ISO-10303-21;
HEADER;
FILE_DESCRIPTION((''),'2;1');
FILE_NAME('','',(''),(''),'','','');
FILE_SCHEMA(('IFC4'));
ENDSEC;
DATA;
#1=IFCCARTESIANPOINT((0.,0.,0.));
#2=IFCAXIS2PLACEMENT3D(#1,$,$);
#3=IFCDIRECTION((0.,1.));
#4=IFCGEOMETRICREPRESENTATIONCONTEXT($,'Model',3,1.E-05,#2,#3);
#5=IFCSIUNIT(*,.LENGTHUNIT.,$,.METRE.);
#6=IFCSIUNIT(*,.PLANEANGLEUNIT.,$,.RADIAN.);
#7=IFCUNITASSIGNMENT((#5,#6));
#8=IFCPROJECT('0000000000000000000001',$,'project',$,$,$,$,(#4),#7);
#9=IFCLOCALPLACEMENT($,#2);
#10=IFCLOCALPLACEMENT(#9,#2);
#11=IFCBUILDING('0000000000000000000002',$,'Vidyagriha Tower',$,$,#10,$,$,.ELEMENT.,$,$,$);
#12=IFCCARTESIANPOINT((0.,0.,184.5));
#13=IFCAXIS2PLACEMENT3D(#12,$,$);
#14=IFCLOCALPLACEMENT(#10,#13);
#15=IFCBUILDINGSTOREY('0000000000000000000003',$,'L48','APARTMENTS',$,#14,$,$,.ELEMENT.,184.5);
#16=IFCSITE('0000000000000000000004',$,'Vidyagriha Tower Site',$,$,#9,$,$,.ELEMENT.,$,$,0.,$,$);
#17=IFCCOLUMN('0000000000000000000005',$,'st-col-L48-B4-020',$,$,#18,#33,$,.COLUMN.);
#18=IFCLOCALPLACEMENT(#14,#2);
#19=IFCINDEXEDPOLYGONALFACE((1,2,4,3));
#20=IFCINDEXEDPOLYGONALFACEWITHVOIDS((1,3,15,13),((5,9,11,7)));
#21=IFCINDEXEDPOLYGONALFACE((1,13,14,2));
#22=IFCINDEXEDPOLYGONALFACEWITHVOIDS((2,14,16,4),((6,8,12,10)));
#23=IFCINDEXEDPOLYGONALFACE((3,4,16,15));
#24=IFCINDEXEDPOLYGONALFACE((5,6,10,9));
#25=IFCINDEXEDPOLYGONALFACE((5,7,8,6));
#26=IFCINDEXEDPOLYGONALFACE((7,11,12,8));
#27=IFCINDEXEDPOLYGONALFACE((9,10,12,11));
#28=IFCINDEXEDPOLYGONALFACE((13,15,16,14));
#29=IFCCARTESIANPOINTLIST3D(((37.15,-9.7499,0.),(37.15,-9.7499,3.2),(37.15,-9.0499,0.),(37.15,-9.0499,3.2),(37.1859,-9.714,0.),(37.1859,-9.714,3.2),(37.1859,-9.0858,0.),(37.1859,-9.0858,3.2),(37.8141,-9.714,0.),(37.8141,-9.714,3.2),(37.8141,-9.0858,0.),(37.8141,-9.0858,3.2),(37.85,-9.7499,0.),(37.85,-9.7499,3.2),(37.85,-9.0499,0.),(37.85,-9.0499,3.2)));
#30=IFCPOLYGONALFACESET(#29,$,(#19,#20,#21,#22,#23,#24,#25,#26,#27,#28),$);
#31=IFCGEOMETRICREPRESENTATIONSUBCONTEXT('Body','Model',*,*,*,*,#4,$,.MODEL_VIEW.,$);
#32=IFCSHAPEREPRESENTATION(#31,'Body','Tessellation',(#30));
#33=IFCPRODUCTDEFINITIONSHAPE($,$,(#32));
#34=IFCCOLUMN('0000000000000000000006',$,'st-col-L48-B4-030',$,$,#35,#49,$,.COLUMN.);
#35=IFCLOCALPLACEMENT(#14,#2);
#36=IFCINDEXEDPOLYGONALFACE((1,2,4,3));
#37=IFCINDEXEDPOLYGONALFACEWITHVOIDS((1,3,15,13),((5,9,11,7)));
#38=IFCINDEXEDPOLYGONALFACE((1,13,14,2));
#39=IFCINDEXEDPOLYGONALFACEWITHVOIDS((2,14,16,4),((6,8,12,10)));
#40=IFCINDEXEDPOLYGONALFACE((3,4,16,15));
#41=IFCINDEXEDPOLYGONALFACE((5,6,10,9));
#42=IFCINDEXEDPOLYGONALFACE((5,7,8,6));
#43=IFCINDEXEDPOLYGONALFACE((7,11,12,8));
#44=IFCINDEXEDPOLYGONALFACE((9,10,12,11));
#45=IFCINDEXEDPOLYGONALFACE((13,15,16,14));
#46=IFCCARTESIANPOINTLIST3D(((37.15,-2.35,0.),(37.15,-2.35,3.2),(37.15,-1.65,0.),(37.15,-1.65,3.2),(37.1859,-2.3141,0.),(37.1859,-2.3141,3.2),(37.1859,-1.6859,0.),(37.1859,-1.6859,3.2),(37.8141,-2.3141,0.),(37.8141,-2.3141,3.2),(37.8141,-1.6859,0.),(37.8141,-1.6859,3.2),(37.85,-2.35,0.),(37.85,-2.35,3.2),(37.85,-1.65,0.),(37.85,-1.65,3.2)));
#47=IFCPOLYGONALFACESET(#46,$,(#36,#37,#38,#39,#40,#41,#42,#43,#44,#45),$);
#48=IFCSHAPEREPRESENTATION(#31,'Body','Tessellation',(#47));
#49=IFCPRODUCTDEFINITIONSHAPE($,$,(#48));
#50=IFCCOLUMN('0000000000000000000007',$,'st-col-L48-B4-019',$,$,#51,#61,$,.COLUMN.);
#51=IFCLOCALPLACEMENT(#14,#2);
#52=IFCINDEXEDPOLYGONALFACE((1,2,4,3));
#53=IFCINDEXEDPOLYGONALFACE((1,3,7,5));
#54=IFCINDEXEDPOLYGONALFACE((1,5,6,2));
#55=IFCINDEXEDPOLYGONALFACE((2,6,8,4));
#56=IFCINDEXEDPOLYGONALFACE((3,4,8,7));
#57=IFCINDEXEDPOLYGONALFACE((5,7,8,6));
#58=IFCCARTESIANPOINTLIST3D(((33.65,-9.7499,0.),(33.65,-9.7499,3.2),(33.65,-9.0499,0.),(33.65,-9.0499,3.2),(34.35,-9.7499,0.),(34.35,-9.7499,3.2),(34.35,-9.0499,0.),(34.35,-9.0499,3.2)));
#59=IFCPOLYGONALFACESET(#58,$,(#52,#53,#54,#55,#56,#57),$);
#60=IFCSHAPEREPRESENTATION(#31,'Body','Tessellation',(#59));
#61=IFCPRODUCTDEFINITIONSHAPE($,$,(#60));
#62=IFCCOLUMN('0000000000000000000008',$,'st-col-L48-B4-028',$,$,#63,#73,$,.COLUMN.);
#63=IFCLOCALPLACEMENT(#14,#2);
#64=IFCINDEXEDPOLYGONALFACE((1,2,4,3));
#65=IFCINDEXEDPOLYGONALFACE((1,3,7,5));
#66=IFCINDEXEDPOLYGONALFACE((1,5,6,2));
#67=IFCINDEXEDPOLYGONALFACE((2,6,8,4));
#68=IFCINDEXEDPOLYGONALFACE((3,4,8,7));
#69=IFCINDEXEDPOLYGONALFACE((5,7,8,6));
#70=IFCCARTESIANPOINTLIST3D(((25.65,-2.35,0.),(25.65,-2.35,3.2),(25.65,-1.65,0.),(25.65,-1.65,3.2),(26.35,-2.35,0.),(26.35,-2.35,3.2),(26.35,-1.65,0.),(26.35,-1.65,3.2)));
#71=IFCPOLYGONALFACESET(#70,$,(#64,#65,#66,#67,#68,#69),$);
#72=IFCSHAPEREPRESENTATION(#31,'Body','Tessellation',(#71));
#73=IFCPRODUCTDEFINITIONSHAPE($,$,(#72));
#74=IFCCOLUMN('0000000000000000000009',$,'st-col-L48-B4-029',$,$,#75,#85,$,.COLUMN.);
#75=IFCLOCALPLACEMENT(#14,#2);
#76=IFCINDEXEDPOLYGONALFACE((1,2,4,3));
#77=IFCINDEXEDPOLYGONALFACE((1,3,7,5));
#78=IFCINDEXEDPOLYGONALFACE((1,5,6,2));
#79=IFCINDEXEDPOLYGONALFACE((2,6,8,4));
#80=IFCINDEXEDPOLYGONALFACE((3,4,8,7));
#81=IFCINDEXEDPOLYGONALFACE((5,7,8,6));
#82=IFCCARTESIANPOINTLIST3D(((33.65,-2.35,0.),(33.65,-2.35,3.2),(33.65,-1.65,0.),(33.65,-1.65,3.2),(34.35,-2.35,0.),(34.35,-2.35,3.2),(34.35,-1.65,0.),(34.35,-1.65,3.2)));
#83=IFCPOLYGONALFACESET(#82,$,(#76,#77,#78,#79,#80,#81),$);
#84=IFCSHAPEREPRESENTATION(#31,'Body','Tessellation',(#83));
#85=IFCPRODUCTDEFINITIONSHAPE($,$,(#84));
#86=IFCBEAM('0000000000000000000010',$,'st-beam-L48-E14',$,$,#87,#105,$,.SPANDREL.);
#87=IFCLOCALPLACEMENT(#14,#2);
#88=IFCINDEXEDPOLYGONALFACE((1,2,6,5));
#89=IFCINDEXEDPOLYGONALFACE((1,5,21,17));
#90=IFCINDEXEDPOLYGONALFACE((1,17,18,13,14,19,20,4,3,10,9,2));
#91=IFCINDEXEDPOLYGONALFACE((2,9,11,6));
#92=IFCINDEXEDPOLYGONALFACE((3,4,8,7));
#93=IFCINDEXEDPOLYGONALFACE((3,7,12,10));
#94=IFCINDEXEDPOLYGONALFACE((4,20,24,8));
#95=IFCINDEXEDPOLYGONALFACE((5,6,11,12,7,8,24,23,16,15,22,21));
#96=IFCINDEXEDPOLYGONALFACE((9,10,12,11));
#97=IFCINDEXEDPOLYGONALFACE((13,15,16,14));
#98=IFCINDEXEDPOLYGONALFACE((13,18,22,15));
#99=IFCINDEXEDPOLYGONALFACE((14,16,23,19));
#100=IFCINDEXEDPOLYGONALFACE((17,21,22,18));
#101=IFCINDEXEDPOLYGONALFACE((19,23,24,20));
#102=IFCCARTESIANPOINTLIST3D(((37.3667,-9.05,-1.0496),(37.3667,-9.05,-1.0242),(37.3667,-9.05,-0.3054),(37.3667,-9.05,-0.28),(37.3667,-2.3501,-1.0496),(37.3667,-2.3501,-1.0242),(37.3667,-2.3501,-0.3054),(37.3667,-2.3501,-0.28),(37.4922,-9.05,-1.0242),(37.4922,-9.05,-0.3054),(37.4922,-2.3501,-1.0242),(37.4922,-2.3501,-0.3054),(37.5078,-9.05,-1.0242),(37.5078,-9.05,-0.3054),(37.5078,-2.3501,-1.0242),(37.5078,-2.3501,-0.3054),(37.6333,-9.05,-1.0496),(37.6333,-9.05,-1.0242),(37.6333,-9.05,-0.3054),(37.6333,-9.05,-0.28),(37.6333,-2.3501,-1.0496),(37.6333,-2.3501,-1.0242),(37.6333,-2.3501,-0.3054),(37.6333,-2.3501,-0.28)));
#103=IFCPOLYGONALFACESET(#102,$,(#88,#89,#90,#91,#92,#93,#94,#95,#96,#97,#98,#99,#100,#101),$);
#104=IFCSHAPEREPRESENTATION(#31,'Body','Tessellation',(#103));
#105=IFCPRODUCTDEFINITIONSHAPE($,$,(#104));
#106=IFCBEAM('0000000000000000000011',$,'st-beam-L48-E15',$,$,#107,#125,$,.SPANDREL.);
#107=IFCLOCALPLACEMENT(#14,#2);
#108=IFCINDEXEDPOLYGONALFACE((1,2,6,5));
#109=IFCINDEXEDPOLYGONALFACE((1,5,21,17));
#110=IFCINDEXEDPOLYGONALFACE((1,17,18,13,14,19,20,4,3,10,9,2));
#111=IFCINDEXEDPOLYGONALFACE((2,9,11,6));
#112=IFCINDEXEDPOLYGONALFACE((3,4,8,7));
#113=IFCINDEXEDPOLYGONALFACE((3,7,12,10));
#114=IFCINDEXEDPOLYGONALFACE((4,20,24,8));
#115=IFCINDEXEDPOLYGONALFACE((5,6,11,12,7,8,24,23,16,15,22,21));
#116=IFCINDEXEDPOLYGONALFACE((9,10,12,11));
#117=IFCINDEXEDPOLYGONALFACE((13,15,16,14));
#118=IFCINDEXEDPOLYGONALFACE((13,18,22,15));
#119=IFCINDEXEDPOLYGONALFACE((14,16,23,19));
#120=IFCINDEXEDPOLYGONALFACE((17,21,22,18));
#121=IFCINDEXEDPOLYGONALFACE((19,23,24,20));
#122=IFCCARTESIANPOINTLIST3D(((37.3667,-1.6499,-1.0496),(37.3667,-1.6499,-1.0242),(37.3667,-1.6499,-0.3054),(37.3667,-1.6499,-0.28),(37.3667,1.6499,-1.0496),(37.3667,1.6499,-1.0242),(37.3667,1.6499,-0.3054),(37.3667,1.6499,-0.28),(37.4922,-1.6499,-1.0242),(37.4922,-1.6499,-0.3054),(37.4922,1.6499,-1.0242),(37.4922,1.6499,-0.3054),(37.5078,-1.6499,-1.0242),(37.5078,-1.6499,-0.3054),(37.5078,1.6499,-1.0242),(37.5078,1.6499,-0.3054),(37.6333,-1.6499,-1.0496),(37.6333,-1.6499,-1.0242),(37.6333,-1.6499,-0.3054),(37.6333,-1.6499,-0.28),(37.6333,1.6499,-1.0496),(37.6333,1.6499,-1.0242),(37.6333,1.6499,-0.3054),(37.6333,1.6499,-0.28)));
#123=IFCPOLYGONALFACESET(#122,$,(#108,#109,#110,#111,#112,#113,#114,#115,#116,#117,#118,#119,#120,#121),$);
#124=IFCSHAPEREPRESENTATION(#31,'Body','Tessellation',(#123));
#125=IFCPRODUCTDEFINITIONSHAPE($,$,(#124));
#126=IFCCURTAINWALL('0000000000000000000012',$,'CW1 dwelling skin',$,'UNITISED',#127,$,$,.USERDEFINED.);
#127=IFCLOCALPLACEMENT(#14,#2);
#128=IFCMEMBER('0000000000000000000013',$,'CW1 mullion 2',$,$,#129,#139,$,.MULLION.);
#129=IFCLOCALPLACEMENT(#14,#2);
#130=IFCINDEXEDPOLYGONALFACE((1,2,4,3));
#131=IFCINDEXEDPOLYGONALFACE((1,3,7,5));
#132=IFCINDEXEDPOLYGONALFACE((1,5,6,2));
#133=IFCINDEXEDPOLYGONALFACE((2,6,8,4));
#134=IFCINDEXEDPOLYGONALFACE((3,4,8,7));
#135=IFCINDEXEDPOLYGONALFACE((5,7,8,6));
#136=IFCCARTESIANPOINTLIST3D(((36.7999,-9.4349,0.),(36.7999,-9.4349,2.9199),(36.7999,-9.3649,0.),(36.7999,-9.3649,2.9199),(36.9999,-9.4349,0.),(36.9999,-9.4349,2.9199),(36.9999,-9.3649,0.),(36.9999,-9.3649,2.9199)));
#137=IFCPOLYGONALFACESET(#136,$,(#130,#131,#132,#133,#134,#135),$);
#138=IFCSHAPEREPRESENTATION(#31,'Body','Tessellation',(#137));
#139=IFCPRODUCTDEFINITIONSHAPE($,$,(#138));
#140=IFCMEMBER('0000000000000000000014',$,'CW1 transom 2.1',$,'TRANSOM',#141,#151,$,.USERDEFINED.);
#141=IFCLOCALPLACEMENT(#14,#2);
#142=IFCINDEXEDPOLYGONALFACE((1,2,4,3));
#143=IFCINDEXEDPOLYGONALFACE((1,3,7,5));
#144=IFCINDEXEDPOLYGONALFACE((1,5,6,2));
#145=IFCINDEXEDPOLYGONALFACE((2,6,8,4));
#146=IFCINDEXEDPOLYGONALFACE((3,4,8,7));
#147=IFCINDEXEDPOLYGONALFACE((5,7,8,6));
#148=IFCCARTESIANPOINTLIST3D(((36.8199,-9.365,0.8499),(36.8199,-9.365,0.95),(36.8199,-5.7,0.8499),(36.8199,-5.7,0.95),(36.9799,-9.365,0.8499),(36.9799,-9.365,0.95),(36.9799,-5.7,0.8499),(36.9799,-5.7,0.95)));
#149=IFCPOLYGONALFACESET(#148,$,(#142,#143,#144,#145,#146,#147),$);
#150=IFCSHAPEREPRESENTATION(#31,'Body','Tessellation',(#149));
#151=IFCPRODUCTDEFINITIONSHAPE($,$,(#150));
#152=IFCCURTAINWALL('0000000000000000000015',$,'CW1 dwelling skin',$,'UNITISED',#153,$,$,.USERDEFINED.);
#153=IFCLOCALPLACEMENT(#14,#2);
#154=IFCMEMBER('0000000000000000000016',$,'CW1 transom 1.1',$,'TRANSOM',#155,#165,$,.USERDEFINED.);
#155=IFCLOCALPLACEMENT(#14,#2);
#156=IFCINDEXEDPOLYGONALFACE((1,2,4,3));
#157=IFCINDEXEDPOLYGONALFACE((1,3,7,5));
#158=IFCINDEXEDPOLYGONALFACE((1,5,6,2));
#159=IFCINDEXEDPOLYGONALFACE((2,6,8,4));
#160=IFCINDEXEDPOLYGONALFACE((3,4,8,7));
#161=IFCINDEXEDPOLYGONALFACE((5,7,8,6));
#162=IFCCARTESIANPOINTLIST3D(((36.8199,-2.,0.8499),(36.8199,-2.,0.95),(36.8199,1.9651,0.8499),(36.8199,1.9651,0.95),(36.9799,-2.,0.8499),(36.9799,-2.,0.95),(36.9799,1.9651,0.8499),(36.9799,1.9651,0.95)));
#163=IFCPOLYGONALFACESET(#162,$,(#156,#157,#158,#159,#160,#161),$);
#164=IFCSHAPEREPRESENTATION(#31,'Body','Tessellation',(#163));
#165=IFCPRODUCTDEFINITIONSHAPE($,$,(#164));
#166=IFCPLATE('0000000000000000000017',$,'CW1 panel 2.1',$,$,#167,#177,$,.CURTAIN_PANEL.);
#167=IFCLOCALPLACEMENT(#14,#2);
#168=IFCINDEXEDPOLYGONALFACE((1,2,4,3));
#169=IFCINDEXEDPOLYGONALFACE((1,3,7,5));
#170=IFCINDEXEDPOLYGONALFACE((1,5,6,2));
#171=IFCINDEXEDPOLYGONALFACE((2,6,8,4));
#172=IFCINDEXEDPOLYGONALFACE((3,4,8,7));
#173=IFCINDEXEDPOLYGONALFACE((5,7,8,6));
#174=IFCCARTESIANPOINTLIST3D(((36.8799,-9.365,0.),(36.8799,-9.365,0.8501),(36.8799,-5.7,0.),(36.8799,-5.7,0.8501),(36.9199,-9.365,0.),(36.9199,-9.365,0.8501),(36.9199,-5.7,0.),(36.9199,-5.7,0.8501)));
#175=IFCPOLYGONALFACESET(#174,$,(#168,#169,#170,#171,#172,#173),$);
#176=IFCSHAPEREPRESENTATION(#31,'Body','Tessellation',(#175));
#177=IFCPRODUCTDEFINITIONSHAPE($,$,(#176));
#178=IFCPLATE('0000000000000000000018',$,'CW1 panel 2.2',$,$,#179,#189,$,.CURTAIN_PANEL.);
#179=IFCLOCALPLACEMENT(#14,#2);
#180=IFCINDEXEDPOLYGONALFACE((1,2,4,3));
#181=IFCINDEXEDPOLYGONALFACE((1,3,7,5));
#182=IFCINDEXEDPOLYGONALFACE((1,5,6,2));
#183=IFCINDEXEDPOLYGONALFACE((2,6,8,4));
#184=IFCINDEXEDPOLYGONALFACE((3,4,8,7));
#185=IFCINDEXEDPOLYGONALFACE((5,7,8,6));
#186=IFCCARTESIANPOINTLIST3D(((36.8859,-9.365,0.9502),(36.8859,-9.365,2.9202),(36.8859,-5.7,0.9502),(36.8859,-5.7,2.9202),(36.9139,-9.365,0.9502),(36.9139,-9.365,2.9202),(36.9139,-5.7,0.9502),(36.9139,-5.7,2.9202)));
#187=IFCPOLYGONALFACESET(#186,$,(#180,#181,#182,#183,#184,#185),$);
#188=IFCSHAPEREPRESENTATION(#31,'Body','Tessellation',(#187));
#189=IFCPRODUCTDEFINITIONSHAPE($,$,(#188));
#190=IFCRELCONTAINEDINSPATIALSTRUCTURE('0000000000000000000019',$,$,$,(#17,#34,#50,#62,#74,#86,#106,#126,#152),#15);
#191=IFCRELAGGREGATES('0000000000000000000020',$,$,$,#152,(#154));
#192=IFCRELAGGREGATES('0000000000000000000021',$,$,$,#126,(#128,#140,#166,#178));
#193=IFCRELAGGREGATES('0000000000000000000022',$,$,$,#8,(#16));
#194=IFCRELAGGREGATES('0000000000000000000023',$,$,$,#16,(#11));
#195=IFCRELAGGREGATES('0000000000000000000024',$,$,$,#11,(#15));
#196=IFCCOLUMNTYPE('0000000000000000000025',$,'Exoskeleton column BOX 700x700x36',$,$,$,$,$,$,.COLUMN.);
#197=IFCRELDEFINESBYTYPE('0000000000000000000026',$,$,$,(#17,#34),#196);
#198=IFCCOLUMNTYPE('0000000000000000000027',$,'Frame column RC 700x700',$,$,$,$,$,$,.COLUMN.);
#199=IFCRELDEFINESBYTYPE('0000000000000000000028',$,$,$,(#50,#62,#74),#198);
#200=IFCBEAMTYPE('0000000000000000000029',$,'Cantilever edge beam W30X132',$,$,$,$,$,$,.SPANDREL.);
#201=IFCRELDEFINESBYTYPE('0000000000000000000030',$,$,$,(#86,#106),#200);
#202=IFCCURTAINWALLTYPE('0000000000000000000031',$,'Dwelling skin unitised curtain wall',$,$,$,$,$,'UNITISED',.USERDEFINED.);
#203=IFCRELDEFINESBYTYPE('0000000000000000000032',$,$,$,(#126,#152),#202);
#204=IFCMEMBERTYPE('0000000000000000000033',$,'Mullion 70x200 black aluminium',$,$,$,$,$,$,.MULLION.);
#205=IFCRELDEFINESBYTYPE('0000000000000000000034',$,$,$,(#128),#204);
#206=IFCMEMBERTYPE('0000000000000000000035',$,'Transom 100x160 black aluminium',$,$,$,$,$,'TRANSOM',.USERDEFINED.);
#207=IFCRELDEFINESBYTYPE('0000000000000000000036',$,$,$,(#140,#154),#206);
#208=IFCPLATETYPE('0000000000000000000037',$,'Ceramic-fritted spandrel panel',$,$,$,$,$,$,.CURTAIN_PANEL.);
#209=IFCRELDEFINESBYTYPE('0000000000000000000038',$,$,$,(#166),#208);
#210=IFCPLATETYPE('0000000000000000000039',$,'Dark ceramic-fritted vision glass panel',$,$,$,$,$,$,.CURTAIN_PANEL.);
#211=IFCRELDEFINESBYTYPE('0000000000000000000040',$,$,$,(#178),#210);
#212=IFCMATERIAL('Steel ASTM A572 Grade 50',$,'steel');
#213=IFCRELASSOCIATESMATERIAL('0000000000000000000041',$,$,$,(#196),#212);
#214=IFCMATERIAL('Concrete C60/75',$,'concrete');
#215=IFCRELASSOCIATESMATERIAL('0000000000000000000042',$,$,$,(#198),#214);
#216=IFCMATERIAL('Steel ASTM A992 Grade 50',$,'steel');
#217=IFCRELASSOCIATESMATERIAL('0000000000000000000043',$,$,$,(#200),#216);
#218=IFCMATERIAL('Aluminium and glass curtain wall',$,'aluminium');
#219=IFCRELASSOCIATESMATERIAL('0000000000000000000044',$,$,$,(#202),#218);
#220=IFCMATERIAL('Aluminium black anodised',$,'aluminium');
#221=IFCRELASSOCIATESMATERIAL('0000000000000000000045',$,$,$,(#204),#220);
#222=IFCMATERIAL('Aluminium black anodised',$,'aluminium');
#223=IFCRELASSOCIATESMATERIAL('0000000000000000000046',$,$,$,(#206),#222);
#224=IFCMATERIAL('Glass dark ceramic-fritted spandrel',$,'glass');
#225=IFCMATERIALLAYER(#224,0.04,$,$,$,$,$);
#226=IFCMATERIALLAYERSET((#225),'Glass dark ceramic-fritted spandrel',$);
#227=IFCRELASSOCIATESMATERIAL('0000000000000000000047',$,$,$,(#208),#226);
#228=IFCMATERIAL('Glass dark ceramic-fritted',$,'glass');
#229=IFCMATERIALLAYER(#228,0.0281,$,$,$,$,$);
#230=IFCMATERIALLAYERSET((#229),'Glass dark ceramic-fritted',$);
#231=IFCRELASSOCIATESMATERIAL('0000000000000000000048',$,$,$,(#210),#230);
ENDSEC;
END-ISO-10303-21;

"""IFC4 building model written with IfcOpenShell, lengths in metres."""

from ifc_helpers import new_model, si_unit, direction, frame, origin, origin_2d, place, context, subcontext, project, spatial, rectangle, hollow_rectangle, i_section, extrude, material, layer, layer_set, material_profile, profile_set, type_object, element, aggregate, save


model = new_model("IFC4")

# Units and contexts
model_context = context("Model", 3, precision=1e-05, world=origin(), true_north=direction((0.0, 1.0)))
body_context = subcontext(model_context, "Body", "Model", "MODEL_VIEW")
ifc_project = project(units=[si_unit("LENGTHUNIT", "METRE"), si_unit("PLANEANGLEUNIT", "RADIAN")], contexts=[model_context])

# Site, building, storey
site_placement = place(None, origin())
site = spatial("IfcSite", under=ifc_project, at=site_placement, Name="Vidyagriha Tower Site", CompositionType="ELEMENT", RefElevation=0.0)
building_placement = place(site_placement, origin())
building = spatial("IfcBuilding", under=site, at=building_placement, Name="Vidyagriha Tower", CompositionType="ELEMENT")
storey_placement = place(building_placement, frame((0.0, 0.0, 184.5)))
storey = spatial("IfcBuildingStorey", under=building, at=storey_placement, Name="L48", Description="APARTMENTS", CompositionType="ELEMENT", Elevation=184.5)

# Columns
ifc_material_1 = material(Name="Steel ASTM A572 Grade 50", Category="steel")
ifc_material_profile_1 = material_profile(ifc_material_1, hollow_rectangle(XDim=0.7, YDim=0.7, WallThickness=0.0359, at=origin_2d()), Name="BOX 700x700x36")
ifc_profile_set_1 = profile_set([ifc_material_profile_1], Name="Steel ASTM A572 Grade 50")
column_type_1 = type_object("IfcColumnType", Name="Exoskeleton column BOX 700x700x36", PredefinedType="COLUMN", material=ifc_profile_set_1)
for number, where, name in (
    (1, (37.5, -9.3999, 0.0), "st-col-L48-B4-020"),
    (2, (37.5, -2.0, 0.0), "st-col-L48-B4-030"),
):
    element("IfcColumn", number, at=place(storey_placement, frame(where)), inside=storey, type_object=column_type_1, Name=name, PredefinedType="COLUMN", context=body_context, shape_type="SweptSolid", body=[
        extrude(hollow_rectangle(XDim=0.7, YDim=0.7, WallThickness=0.0359, at=origin_2d()), origin(), (0.0, 0.0, 1.0), 3.2),
    ])
ifc_material_2 = material(Name="Concrete C60/75", Category="concrete")
ifc_material_profile_2 = material_profile(ifc_material_2, rectangle(XDim=0.7, YDim=0.7, at=origin_2d()), Name="RC 700x700")
ifc_profile_set_2 = profile_set([ifc_material_profile_2], Name="Concrete C60/75")
column_type_2 = type_object("IfcColumnType", Name="Frame column RC 700x700", PredefinedType="COLUMN", material=ifc_profile_set_2)
for number, where, name in (
    (3, (34.0, -9.3999, 0.0), "st-col-L48-B4-019"),
    (4, (26.0, -2.0, 0.0), "st-col-L48-B4-028"),
    (5, (34.0, -2.0, 0.0), "st-col-L48-B4-029"),
):
    element("IfcColumn", number, at=place(storey_placement, frame(where)), inside=storey, type_object=column_type_2, Name=name, PredefinedType="COLUMN", context=body_context, shape_type="SweptSolid", body=[
        extrude(rectangle(XDim=0.7, YDim=0.7, at=origin_2d()), origin(), (0.0, 0.0, 1.0), 3.2),
    ])

# Beams
ifc_material_3 = material(Name="Steel ASTM A992 Grade 50", Category="steel")
ifc_material_profile_3 = material_profile(ifc_material_3, i_section(OverallWidth=0.2666, OverallDepth=0.7695, WebThickness=0.0156, FlangeThickness=0.0254, at=origin_2d()), Name="W30X132")
ifc_profile_set_3 = profile_set([ifc_material_profile_3], Name="Steel ASTM A992 Grade 50")
beam_type = type_object("IfcBeamType", Name="Cantilever edge beam W30X132", PredefinedType="SPANDREL", material=ifc_profile_set_3)
beam_1_placement = place(storey_placement, frame((37.5, -9.05, -0.6648), z_axis=(0.0, 1.0, 0.0), x_axis=(-1.0, 0.0, 0.0)))
element("IfcBeam", 6, at=beam_1_placement, inside=storey, type_object=beam_type, Name="st-beam-L48-E14", PredefinedType="SPANDREL", context=body_context, shape_type="SweptSolid", body=[
    extrude(i_section(OverallWidth=0.2666, OverallDepth=0.7695, WebThickness=0.0156, FlangeThickness=0.0254, at=origin_2d()), origin(), (0.0, 0.0, 1.0), 6.7),
])
beam_2_placement = place(storey_placement, frame((37.5, -1.6499, -0.6648), z_axis=(0.0, 1.0, 0.0), x_axis=(-1.0, 0.0, 0.0)))
element("IfcBeam", 7, at=beam_2_placement, inside=storey, type_object=beam_type, Name="st-beam-L48-E15", PredefinedType="SPANDREL", context=body_context, shape_type="SweptSolid", body=[
    extrude(i_section(OverallWidth=0.2666, OverallDepth=0.7695, WebThickness=0.0156, FlangeThickness=0.0254, at=origin_2d()), origin(), (0.0, 0.0, 1.0), 3.2998),
])

# Curtain wall, members
ifc_material_4 = material(Name="Aluminium and glass curtain wall", Category="aluminium")
curtain_wall_type = type_object("IfcCurtainWallType", Name="Dwelling skin unitised curtain wall", ElementType="UNITISED", PredefinedType="USERDEFINED", material=ifc_material_4)
curtain_wall_1_placement = place(storey_placement, origin())
curtain_wall_1 = element("IfcCurtainWall", 8, at=curtain_wall_1_placement, inside=storey, type_object=curtain_wall_type, Name="CW1 dwelling skin", ObjectType="UNITISED", PredefinedType="USERDEFINED")
ifc_material_5 = material(Name="Aluminium black anodised", Category="aluminium")
ifc_material_profile_4 = material_profile(ifc_material_5, rectangle(XDim=0.2, YDim=0.0701, at=origin_2d()), Name="Mullion 70x200 black aluminium")
ifc_profile_set_4 = profile_set([ifc_material_profile_4], Name="Aluminium black anodised")
member_type_1 = type_object("IfcMemberType", Name="Mullion 70x200 black aluminium", PredefinedType="MULLION", material=ifc_profile_set_4)
member_1_placement = place(storey_placement, frame((36.8999, -9.3999, 0.0), z_axis=(0.0, 0.0, 1.0), x_axis=(-1.0, 0.0, 0.0)))
member_1 = element("IfcMember", 9, at=member_1_placement, type_object=member_type_1, Name="CW1 mullion 2", PredefinedType="MULLION", context=body_context, shape_type="SweptSolid", body=[
    extrude(rectangle(XDim=0.2, YDim=0.0701, at=origin_2d()), origin(), (0.0, 0.0, 1.0), 2.9199),
])
ifc_material_6 = material(Name="Aluminium black anodised", Category="aluminium")
ifc_material_profile_5 = material_profile(ifc_material_6, rectangle(XDim=0.1599, YDim=0.1001, at=origin_2d()), Name="Transom 100x160 black aluminium")
ifc_profile_set_5 = profile_set([ifc_material_profile_5], Name="Aluminium black anodised")
member_type_2 = type_object("IfcMemberType", Name="Transom 100x160 black aluminium", ElementType="TRANSOM", PredefinedType="USERDEFINED", material=ifc_profile_set_5)
member_2_placement = place(storey_placement, frame((36.8999, -9.365, 0.8999), z_axis=(0.0, 1.0, 0.0), x_axis=(-1.0, 0.0, 0.0)))
member_2 = element("IfcMember", 10, at=member_2_placement, type_object=member_type_2, Name="CW1 transom 2.1", ObjectType="TRANSOM", PredefinedType="USERDEFINED", context=body_context, shape_type="SweptSolid", body=[
    extrude(rectangle(XDim=0.1599, YDim=0.1001, at=origin_2d()), origin(), (0.0, 0.0, 1.0), 3.665),
])

# Curtain wall, member
curtain_wall_2_placement = place(storey_placement, origin())
curtain_wall_2 = element("IfcCurtainWall", 11, at=curtain_wall_2_placement, inside=storey, type_object=curtain_wall_type, Name="CW1 dwelling skin", ObjectType="UNITISED", PredefinedType="USERDEFINED")
member_3_placement = place(storey_placement, frame((36.8999, -2.0, 0.8999), z_axis=(0.0, 1.0, 0.0), x_axis=(-1.0, 0.0, 0.0)))
member_3 = element("IfcMember", 12, at=member_3_placement, type_object=member_type_2, Name="CW1 transom 1.1", ObjectType="TRANSOM", PredefinedType="USERDEFINED", context=body_context, shape_type="SweptSolid", body=[
    extrude(rectangle(XDim=0.1599, YDim=0.1001, at=origin_2d()), origin(), (0.0, 0.0, 1.0), 3.9651),
])
aggregate(curtain_wall_2, [member_3])

# Plates
ifc_material_7 = material(Name="Glass dark ceramic-fritted spandrel", Category="glass")
ifc_layer_1 = layer(ifc_material_7, 0.04)
ifc_layer_set_1 = layer_set([ifc_layer_1], Name="Glass dark ceramic-fritted spandrel")
plate_type_1 = type_object("IfcPlateType", Name="Ceramic-fritted spandrel panel", PredefinedType="CURTAIN_PANEL", material=ifc_layer_set_1)
plate_1_placement = place(storey_placement, frame((36.8999, -7.5325, 0.0), z_axis=(0.0, 0.0, 1.0), x_axis=(0.0, 1.0, 0.0)))
plate_1 = element("IfcPlate", 13, at=plate_1_placement, type_object=plate_type_1, Name="CW1 panel 2.1", PredefinedType="CURTAIN_PANEL", context=body_context, shape_type="SweptSolid", body=[
    extrude(rectangle(XDim=3.665, YDim=0.04, at=origin_2d()), origin(), (0.0, 0.0, 1.0), 0.8501),
])
ifc_material_8 = material(Name="Glass dark ceramic-fritted", Category="glass")
ifc_layer_2 = layer(ifc_material_8, 0.0281)
ifc_layer_set_2 = layer_set([ifc_layer_2], Name="Glass dark ceramic-fritted")
plate_type_2 = type_object("IfcPlateType", Name="Dark ceramic-fritted vision glass panel", PredefinedType="CURTAIN_PANEL", material=ifc_layer_set_2)
plate_2_placement = place(storey_placement, frame((36.8999, -7.5325, 0.9502), z_axis=(0.0, 0.0, 1.0), x_axis=(0.0, 1.0, 0.0)))
plate_2 = element("IfcPlate", 14, at=plate_2_placement, type_object=plate_type_2, Name="CW1 panel 2.2", PredefinedType="CURTAIN_PANEL", context=body_context, shape_type="SweptSolid", body=[
    extrude(rectangle(XDim=3.665, YDim=0.0281, at=origin_2d()), origin(), (0.0, 0.0, 1.0), 1.97),
])
aggregate(curtain_wall_1, [member_1, member_2, plate_1, plate_2])

save(model, "model.ifc")
